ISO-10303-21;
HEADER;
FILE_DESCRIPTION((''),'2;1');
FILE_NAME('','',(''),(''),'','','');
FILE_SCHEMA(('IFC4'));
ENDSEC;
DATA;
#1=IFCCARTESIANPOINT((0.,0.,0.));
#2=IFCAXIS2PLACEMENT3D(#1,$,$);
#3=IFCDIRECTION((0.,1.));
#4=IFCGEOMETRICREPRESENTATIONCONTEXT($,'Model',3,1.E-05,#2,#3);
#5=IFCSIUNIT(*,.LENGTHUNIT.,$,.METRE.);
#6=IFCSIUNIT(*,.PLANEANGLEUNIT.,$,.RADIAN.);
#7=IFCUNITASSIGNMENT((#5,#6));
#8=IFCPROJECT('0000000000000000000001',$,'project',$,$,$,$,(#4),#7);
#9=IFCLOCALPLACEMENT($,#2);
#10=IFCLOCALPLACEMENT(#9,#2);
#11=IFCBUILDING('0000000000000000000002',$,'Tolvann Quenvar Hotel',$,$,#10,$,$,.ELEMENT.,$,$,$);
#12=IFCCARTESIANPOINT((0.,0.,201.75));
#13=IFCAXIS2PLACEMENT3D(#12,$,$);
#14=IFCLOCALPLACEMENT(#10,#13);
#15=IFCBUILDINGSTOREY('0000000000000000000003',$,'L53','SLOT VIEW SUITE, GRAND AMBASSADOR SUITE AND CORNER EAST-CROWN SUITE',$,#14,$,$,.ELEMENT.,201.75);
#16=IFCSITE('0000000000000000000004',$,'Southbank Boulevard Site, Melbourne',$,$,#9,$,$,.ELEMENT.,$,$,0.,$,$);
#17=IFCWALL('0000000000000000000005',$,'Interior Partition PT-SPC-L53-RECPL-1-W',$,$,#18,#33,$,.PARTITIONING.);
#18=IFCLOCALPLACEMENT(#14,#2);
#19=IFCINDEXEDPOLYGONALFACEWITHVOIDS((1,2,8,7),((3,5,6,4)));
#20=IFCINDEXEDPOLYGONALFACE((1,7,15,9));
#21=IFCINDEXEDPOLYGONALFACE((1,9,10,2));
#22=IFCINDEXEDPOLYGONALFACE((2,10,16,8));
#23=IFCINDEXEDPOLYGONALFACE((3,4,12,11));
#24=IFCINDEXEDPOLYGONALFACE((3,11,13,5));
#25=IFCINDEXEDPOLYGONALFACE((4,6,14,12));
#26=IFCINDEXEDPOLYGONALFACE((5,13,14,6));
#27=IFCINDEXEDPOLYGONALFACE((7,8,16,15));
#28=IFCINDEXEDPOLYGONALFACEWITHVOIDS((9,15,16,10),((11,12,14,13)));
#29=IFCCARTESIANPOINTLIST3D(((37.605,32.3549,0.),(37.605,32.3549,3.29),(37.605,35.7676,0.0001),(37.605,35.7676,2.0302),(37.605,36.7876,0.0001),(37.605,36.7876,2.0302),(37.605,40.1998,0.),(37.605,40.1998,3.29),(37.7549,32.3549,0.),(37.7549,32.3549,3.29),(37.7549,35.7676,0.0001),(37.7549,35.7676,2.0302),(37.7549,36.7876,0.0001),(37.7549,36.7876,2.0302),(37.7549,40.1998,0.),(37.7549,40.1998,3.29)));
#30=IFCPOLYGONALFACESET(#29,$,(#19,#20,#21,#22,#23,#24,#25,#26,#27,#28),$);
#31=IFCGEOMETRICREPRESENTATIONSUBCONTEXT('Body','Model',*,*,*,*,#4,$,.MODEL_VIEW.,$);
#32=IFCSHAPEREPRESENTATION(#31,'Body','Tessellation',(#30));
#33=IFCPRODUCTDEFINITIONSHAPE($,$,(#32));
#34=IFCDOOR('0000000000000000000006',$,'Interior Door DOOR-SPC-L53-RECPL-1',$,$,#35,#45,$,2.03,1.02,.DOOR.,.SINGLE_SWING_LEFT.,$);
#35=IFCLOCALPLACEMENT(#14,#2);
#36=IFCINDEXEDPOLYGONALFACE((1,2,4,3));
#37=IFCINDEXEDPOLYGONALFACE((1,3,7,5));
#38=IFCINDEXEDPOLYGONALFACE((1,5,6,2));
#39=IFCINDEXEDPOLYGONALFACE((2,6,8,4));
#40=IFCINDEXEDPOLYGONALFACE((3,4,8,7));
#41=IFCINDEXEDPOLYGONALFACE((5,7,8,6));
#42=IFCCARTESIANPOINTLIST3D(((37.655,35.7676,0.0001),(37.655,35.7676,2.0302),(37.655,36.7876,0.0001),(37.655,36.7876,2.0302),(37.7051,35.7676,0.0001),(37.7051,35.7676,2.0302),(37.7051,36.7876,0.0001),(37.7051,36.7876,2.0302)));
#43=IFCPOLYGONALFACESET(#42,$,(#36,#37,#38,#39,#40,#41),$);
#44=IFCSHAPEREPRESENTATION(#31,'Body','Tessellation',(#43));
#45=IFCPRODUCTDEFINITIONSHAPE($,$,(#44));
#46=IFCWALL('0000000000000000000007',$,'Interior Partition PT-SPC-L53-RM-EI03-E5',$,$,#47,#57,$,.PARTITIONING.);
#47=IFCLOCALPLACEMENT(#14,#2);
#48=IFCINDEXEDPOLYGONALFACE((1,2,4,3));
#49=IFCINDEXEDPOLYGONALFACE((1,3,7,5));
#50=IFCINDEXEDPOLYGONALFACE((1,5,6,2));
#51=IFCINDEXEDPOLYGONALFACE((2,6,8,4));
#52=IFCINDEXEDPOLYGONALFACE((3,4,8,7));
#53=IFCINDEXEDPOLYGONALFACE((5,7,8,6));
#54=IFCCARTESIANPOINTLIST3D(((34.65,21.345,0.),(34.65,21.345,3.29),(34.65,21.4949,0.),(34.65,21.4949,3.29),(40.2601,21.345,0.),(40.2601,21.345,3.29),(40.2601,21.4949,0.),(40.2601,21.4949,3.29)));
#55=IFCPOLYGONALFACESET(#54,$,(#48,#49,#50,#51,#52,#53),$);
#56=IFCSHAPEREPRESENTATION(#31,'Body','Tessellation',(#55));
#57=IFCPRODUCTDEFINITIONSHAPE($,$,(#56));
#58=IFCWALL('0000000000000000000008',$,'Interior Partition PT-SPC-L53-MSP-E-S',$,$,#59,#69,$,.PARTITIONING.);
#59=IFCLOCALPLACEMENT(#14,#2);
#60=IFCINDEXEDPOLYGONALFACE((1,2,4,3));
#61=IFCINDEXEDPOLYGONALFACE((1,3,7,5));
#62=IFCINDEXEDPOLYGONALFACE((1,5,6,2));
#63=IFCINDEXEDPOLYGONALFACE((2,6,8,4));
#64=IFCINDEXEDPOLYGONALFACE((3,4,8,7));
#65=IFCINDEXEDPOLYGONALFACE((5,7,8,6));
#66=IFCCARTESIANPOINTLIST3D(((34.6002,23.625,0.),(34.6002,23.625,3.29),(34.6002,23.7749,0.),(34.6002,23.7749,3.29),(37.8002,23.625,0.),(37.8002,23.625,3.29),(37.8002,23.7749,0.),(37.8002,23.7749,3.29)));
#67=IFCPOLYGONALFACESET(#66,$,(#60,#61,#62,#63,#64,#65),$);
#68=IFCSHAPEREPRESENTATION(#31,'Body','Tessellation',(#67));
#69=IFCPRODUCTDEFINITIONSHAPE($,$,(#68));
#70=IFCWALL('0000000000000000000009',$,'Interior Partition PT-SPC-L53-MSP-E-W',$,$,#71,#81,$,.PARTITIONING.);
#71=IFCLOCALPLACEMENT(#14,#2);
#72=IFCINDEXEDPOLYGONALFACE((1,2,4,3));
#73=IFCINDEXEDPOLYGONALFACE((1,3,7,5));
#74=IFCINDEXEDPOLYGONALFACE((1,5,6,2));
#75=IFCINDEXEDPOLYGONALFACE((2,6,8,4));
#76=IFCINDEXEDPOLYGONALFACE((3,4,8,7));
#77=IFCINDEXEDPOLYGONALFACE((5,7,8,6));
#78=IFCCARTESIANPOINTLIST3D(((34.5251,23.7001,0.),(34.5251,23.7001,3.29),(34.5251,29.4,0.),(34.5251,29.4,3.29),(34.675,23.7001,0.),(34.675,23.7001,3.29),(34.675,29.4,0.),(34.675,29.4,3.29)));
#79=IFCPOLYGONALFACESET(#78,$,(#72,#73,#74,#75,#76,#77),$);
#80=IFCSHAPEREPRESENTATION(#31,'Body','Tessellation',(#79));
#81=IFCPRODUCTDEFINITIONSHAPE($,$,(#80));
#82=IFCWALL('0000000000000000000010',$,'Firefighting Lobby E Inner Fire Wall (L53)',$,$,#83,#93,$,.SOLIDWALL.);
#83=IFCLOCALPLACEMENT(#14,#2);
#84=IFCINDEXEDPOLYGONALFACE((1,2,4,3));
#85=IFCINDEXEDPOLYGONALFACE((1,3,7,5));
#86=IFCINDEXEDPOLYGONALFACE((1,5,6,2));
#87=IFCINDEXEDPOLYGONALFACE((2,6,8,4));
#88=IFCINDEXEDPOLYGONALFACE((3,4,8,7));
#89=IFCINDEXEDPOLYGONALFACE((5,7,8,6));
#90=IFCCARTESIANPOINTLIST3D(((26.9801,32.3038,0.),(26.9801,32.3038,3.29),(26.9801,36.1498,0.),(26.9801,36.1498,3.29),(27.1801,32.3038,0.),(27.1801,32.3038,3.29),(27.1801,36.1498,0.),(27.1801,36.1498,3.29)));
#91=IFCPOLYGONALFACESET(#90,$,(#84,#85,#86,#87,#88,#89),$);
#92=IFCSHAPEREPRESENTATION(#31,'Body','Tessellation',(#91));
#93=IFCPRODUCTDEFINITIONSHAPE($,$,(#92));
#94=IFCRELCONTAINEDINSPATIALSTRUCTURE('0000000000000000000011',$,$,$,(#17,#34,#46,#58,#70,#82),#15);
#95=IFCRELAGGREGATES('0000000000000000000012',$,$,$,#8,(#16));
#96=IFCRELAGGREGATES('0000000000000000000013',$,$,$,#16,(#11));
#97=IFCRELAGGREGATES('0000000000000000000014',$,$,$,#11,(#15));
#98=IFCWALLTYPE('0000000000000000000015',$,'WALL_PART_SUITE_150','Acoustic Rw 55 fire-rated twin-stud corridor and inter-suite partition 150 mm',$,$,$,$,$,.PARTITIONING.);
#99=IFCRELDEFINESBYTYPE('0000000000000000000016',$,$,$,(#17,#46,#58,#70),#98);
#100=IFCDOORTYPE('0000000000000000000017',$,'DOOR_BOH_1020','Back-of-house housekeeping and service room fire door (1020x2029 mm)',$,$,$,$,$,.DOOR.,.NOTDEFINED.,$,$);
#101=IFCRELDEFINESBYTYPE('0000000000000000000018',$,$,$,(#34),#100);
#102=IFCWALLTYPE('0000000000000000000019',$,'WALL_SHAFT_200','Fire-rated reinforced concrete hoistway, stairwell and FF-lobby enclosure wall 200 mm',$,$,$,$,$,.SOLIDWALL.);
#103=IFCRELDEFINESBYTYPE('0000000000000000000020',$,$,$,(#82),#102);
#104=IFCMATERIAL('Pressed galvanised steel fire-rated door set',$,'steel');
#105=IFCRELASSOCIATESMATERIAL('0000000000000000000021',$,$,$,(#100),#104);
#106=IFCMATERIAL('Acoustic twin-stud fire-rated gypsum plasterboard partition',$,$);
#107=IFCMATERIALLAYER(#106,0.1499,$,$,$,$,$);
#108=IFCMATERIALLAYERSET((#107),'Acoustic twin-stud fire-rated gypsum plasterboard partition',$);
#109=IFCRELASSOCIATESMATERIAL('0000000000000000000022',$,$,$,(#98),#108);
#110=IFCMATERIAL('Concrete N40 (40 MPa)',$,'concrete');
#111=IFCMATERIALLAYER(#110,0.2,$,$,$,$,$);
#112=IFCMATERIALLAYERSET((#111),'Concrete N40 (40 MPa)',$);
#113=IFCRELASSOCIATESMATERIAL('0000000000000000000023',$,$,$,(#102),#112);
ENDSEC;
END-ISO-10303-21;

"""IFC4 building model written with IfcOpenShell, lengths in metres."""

from ifc_helpers import new_model, si_unit, direction, frame, frame_2d, origin, place, context, subcontext, project, spatial, rectangle, extrude, source, transform, mapped, material, layer, layer_set, type_object, type_shapes, element, fill, save


model = new_model("IFC4")

# Units and contexts
model_context = context("Model", 3, precision=1e-05, world=origin(), true_north=direction((0.0, 1.0)))
body_context = subcontext(model_context, "Body", "Model", "MODEL_VIEW")
ifc_project = project(units=[si_unit("LENGTHUNIT", "METRE"), si_unit("PLANEANGLEUNIT", "RADIAN")], contexts=[model_context])

# Site, building, storey
site_placement = place(None, origin())
site = spatial("IfcSite", under=ifc_project, at=site_placement, Name="Southbank Boulevard Site, Melbourne", CompositionType="ELEMENT", RefElevation=0.0)
building_placement = place(site_placement, origin())
building = spatial("IfcBuilding", under=site, at=building_placement, Name="Tolvann Quenvar Hotel", CompositionType="ELEMENT")
storey_placement = place(building_placement, frame((0.0, 0.0, 201.75)))
storey = spatial("IfcBuildingStorey", under=building, at=storey_placement, Name="L53", Description="SLOT VIEW SUITE, GRAND AMBASSADOR SUITE AND CORNER EAST-CROWN SUITE", CompositionType="ELEMENT", Elevation=201.75)

# Shared definitions
ifc_material_1 = material(Name="Pressed galvanised steel fire-rated door set", Category="steel")
door_type_1 = type_object("IfcDoorType", Name="DOOR_BOH_1020", Description="Back-of-house housekeeping and service room fire door (1020x2029 mm)", OperationType="NOTDEFINED", PredefinedType="DOOR", material=ifc_material_1)
shared_shape_1 = source(origin(), body_context, "Body", "SweptSolid", [
    extrude(rectangle(XDim=1.02, YDim=2.03, at=frame_2d((0.51, 1.0151))), frame((0.0, 0.0249, 0.0), z_axis=(0.0, -1.0, 0.0), x_axis=(1.0, 0.0, 0.0)), (0.0, 0.0, 1.0), 0.05),
])
type_shapes(door_type_1, [shared_shape_1])

# Shared definitions
ifc_material_2 = material(Name="Acoustic twin-stud fire-rated gypsum plasterboard partition")

# Shared definitions
ifc_layer_1 = layer(ifc_material_2, 0.1499)
ifc_layer_set_1 = layer_set([ifc_layer_1], Name="Acoustic twin-stud fire-rated gypsum plasterboard partition")
wall_type_1 = type_object("IfcWallType", Name="WALL_PART_SUITE_150", Description="Acoustic Rw 55 fire-rated twin-stud corridor and inter-suite partition 150 mm", PredefinedType="PARTITIONING", material=ifc_layer_set_1)

# Wall, opening, door
wall_1_placement = place(storey_placement, frame((37.6799, 32.355, 0.0), z_axis=(0.0, 0.0, 1.0), x_axis=(0.0, 1.0, 0.0)))
wall_1 = element("IfcWall", 1, at=wall_1_placement, inside=storey, type_object=wall_type_1, Name="Interior Partition PT-SPC-L53-RECPL-1-W", PredefinedType="PARTITIONING", context=body_context, shape_type="SweptSolid", body=[
    extrude(rectangle(XDim=7.845, YDim=0.1499, at=frame_2d((3.9224, 0.0))), origin(), (0.0, 0.0, 1.0), 3.29),
])
opening_1_placement = place(wall_1_placement, frame((3.4126, 0.0, 0.0)))
opening_1 = element("IfcOpeningElement", 2, at=opening_1_placement, cuts=wall_1, PredefinedType="OPENING", context=body_context, shape_type="SweptSolid", body=[
    extrude(rectangle(XDim=1.02, YDim=2.03, at=frame_2d((0.51, 1.0151))), frame((0.0, 0.085, 0.0), z_axis=(0.0, -1.0, 0.0), x_axis=(1.0, 0.0, 0.0)), (0.0, 0.0, 1.0), 0.1699),
])
door_1_placement = place(opening_1_placement, origin())
door_1 = element("IfcDoor", 3, at=door_1_placement, inside=storey, type_object=door_type_1, Name="Interior Door DOOR-SPC-L53-RECPL-1", OperationType="SINGLE_SWING_LEFT", OverallHeight=2.03, OverallWidth=1.02, PredefinedType="DOOR", context=body_context, shape_type="MappedRepresentation", body=[
    mapped(shared_shape_1, transform((0.0, 0.0, 0.0), x_axis=(1.0, 0.0, 0.0), y_axis=(0.0, 1.0, 0.0), z_axis=(0.0, 0.0, 1.0), scale=1.0)),
])
fill(opening_1, door_1)

# Walls
wall_2_placement = place(storey_placement, frame((34.6499, 21.4199, 0.0), z_axis=(0.0, 0.0, 1.0), x_axis=(1.0, 0.0, 0.0)))
element("IfcWall", 4, at=wall_2_placement, inside=storey, type_object=wall_type_1, Name="Interior Partition PT-SPC-L53-RM-EI03-E5", PredefinedType="PARTITIONING", context=body_context, shape_type="SweptSolid", body=[
    extrude(rectangle(XDim=5.6101, YDim=0.1499, at=frame_2d((2.8052, 0.0))), origin(), (0.0, 0.0, 1.0), 3.29),
])
wall_3_placement = place(storey_placement, frame((34.6001, 23.7, 0.0), z_axis=(0.0, 0.0, 1.0), x_axis=(1.0, 0.0, 0.0)))
element("IfcWall", 5, at=wall_3_placement, inside=storey, type_object=wall_type_1, Name="Interior Partition PT-SPC-L53-MSP-E-S", PredefinedType="PARTITIONING", context=body_context, shape_type="SweptSolid", body=[
    extrude(rectangle(XDim=3.2, YDim=0.1499, at=frame_2d((1.6001, 0.0))), origin(), (0.0, 0.0, 1.0), 3.29),
])

# Walls
wall_4_placement = place(storey_placement, frame((34.6001, 23.7, 0.0), z_axis=(0.0, 0.0, 1.0), x_axis=(0.0, 1.0, 0.0)))
element("IfcWall", 6, at=wall_4_placement, inside=storey, type_object=wall_type_1, Name="Interior Partition PT-SPC-L53-MSP-E-W", PredefinedType="PARTITIONING", context=body_context, shape_type="SweptSolid", body=[
    extrude(rectangle(XDim=5.7, YDim=0.1499, at=frame_2d((2.8501, 0.0))), origin(), (0.0, 0.0, 1.0), 3.29),
])
ifc_material_3 = material(Name="Concrete N40 (40 MPa)", Category="concrete")
ifc_layer_2 = layer(ifc_material_3, 0.2)
ifc_layer_set_2 = layer_set([ifc_layer_2], Name="Concrete N40 (40 MPa)")
wall_type_2 = type_object("IfcWallType", Name="WALL_SHAFT_200", Description="Fire-rated reinforced concrete hoistway, stairwell and FF-lobby enclosure wall 200 mm", PredefinedType="SOLIDWALL", material=ifc_layer_set_2)
wall_5_placement = place(storey_placement, frame((27.0801, 32.304, 0.0), z_axis=(0.0, 0.0, 1.0), x_axis=(0.0, 1.0, 0.0)))
element("IfcWall", 7, at=wall_5_placement, inside=storey, type_object=wall_type_2, Name="Firefighting Lobby E Inner Fire Wall (L53)", PredefinedType="SOLIDWALL", context=body_context, shape_type="SweptSolid", body=[
    extrude(rectangle(XDim=3.8459, YDim=0.2, at=frame_2d((1.9229, 0.0))), origin(), (0.0, 0.0, 1.0), 3.29),
])

save(model, "model.ifc")
